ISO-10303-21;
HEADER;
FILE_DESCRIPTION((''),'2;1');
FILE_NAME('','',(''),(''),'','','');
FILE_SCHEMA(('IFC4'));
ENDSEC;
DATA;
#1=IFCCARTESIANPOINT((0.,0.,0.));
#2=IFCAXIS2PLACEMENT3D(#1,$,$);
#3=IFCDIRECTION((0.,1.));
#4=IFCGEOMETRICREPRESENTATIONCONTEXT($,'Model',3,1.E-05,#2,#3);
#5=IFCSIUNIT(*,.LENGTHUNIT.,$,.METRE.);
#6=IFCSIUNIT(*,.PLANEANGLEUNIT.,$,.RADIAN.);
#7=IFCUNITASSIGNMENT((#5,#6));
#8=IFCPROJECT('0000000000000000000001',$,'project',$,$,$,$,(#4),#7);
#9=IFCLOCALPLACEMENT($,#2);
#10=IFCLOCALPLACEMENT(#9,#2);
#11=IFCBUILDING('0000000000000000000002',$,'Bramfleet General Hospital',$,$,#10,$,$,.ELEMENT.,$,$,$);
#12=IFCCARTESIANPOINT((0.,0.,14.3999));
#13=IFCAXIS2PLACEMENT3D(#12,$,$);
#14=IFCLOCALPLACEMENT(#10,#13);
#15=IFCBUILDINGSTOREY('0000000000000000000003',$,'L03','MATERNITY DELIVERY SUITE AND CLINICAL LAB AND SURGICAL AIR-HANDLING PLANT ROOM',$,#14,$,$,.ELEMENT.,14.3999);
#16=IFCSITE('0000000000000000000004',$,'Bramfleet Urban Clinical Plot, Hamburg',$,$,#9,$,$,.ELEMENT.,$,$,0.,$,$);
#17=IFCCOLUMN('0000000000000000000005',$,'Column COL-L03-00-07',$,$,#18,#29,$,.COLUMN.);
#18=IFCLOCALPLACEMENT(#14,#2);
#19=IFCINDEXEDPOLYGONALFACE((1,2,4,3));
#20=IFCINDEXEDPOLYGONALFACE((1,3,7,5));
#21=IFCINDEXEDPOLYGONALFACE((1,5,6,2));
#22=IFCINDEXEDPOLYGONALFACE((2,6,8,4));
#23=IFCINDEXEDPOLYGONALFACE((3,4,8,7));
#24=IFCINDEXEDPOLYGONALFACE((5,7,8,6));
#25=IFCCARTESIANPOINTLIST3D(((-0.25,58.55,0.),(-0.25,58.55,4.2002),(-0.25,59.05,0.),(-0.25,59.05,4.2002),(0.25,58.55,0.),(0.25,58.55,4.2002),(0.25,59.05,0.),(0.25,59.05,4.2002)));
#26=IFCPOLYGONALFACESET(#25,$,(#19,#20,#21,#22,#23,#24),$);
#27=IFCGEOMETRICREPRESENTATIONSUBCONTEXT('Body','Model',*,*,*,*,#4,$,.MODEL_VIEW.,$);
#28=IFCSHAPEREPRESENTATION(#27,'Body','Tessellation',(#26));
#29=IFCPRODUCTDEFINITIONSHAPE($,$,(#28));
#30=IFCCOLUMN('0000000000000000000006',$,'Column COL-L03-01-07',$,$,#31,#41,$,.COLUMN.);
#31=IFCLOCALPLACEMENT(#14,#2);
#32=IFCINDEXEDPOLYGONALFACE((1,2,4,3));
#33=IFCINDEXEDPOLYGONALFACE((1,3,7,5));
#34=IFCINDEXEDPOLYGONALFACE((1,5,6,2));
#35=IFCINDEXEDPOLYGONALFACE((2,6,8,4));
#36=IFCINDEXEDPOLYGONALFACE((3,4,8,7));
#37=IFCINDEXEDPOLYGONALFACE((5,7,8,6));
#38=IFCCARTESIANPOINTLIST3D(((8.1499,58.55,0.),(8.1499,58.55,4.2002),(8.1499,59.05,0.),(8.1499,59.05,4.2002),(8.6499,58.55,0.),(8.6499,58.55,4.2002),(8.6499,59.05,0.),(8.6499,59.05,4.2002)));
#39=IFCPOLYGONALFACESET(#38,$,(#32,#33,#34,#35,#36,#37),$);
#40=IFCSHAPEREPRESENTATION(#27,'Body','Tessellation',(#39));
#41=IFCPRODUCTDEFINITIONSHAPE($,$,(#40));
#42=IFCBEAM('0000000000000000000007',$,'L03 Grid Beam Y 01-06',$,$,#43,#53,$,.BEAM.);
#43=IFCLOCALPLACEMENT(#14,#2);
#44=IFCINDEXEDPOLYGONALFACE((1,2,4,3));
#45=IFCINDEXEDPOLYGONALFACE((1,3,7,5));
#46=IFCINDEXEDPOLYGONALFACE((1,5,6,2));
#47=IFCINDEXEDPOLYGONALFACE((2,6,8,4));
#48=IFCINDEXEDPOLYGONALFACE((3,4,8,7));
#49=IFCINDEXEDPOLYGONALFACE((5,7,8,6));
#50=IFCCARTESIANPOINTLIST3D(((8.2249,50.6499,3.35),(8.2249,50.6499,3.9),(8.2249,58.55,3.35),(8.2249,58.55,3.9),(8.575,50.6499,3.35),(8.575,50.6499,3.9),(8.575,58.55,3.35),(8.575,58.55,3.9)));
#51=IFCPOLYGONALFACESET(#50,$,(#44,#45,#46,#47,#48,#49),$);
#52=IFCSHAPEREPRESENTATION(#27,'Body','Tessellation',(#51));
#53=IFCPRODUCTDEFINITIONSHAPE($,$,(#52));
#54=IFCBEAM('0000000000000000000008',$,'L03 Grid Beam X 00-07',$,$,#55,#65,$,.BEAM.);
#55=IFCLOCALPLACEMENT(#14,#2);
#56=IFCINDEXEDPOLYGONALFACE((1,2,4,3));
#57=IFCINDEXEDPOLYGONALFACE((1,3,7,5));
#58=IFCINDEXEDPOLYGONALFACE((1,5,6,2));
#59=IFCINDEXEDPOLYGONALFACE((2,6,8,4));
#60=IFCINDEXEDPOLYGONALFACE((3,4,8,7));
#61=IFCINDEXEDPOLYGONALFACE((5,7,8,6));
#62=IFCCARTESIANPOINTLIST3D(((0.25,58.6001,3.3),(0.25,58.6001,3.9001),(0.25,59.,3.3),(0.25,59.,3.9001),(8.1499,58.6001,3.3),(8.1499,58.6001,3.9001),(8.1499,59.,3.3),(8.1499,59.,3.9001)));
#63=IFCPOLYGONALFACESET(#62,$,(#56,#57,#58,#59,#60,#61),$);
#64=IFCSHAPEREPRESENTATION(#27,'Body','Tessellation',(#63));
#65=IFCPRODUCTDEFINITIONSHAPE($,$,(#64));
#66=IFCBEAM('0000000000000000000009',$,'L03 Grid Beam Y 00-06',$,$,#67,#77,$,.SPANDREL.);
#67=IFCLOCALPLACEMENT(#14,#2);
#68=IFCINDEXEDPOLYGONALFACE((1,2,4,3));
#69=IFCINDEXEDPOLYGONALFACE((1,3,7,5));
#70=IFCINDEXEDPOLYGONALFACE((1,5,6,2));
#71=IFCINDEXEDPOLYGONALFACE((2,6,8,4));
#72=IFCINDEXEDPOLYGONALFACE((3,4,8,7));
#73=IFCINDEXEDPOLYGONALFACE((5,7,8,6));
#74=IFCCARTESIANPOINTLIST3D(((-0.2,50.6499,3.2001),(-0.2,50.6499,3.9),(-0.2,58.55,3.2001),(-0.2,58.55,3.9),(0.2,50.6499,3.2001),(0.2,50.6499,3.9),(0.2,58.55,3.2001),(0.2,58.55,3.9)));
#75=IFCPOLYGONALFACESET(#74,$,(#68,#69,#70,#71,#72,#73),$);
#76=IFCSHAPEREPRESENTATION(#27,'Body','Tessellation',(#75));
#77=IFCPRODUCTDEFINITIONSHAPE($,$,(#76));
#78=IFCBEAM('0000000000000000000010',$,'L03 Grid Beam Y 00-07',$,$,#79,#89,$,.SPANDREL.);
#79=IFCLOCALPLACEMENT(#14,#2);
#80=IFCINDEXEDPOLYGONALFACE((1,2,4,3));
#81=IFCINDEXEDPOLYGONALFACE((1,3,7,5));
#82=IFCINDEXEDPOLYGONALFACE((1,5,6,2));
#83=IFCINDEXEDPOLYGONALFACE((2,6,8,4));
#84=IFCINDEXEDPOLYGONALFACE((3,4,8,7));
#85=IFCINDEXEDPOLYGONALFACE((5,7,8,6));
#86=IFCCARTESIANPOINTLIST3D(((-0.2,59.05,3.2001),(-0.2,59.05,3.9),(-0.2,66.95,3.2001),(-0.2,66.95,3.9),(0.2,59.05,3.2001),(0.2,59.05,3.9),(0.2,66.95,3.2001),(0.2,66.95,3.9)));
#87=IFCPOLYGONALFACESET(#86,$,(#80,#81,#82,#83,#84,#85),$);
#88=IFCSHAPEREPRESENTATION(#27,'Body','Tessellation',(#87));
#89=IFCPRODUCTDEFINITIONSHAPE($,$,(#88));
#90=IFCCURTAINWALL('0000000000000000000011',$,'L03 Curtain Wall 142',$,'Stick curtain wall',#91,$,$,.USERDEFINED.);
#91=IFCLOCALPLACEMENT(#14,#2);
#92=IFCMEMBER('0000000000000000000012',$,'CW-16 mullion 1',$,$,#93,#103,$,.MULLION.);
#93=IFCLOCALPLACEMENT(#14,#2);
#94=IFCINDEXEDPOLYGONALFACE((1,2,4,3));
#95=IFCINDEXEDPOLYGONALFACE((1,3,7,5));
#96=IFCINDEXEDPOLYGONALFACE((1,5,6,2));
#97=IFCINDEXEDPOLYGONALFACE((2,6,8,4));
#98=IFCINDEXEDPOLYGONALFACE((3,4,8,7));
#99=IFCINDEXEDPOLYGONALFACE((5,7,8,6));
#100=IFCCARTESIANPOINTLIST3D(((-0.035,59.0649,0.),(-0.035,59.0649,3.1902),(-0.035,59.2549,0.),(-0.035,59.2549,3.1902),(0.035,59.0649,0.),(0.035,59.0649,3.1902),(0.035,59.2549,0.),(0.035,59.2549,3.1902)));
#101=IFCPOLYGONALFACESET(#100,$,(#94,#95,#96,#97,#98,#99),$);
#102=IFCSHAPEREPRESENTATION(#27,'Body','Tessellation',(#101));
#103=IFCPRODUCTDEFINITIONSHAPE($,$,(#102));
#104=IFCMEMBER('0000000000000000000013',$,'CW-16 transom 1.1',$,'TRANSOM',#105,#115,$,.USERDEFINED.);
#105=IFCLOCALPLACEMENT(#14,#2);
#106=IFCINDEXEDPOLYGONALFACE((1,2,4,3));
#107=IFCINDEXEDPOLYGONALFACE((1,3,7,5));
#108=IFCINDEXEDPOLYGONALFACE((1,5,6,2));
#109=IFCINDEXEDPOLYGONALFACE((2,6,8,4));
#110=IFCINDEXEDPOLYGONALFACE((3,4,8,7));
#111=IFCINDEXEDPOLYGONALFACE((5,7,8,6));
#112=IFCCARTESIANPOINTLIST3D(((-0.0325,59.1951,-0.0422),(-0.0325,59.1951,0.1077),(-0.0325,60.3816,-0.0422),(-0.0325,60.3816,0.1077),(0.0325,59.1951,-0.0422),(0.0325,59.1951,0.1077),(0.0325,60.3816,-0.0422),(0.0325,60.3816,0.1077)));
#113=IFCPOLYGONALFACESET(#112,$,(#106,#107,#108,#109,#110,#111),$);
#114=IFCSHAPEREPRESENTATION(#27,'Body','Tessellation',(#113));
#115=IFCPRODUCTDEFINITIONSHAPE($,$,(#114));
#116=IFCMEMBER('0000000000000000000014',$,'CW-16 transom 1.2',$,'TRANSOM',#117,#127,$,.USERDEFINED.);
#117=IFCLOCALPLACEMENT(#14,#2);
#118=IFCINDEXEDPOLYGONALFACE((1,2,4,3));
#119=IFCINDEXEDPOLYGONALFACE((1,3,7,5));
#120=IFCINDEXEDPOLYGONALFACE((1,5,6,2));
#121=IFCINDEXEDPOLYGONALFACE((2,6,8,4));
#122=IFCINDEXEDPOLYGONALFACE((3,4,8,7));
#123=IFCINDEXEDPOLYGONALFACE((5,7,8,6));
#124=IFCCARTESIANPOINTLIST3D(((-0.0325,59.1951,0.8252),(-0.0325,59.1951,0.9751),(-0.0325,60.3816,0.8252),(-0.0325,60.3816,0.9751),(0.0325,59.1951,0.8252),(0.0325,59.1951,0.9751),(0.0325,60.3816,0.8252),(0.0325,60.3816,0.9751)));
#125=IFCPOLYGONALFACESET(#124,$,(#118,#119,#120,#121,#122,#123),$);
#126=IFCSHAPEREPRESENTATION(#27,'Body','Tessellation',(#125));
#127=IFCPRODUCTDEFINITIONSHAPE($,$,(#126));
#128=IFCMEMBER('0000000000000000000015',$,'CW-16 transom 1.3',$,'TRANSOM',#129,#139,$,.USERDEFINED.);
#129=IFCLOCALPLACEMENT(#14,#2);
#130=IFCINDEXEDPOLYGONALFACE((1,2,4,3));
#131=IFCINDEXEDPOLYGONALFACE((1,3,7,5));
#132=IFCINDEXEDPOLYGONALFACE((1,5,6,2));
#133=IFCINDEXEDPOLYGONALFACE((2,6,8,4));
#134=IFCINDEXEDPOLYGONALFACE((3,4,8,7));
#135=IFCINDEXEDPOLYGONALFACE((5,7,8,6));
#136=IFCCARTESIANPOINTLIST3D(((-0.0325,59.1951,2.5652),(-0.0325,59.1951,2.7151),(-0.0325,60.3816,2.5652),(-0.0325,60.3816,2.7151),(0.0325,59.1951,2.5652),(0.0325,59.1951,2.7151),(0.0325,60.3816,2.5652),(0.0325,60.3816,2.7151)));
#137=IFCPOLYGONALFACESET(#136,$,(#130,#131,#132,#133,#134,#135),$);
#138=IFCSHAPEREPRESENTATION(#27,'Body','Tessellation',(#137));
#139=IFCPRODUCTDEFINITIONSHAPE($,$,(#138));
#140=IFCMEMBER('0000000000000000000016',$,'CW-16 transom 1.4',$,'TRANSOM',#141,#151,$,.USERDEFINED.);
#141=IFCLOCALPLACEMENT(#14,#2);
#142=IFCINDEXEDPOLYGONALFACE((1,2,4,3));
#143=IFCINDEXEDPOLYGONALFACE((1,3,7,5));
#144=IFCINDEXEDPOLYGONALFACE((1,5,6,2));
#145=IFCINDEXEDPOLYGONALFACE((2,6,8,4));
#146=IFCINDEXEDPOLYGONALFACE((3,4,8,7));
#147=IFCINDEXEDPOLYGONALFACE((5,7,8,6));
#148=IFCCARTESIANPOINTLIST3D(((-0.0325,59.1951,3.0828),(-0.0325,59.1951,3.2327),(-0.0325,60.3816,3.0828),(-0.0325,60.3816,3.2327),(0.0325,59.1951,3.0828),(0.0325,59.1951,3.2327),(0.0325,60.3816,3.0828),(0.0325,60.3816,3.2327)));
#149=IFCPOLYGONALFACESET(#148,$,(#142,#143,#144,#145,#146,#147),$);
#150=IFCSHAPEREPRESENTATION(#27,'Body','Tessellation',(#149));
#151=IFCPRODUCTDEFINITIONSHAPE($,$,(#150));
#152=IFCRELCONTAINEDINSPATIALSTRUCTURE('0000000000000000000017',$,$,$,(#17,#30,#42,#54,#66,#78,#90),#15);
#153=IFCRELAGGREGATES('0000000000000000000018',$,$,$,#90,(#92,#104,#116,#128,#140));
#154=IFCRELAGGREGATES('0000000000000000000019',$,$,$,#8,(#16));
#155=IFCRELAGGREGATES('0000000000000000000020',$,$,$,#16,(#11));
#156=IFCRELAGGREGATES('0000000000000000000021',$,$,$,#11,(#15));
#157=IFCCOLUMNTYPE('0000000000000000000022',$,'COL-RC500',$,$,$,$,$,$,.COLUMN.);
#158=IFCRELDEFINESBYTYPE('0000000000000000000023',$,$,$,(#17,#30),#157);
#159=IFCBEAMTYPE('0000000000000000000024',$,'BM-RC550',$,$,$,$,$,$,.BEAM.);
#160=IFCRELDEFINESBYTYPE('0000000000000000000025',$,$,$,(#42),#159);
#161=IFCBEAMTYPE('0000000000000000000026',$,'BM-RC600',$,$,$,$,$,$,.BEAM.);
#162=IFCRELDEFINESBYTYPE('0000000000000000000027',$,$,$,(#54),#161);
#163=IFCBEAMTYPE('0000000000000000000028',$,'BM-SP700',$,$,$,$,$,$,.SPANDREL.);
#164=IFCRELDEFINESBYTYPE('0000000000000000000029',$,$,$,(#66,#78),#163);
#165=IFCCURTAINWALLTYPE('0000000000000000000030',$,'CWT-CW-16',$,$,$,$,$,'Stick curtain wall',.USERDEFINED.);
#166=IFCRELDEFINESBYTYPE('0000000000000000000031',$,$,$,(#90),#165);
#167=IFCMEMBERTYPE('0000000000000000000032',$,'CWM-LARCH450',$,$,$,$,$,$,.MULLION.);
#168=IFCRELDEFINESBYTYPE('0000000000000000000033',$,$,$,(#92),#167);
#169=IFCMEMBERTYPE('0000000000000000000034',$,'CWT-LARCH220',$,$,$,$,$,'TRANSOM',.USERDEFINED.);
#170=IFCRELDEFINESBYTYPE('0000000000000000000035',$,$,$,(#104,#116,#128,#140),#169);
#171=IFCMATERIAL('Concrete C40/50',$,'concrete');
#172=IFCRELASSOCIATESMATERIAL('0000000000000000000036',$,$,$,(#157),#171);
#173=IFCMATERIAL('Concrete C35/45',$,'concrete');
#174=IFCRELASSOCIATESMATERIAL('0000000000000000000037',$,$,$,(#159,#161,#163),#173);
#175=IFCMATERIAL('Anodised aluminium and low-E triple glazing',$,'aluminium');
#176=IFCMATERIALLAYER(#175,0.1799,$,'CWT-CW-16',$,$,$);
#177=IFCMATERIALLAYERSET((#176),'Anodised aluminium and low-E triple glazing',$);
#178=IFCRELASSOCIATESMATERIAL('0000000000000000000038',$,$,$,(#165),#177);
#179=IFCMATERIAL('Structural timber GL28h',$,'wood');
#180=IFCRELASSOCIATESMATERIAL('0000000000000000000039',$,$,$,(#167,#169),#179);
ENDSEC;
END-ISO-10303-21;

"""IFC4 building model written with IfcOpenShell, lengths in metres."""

from ifc_helpers import new_model, si_unit, direction, frame, origin, origin_2d, place, context, subcontext, project, spatial, rectangle, extrude, material, layer, layer_set, material_profile, profile_set, type_object, element, aggregate, save


model = new_model("IFC4")

# Units and contexts
model_context = context("Model", 3, precision=1e-05, world=origin(), true_north=direction((0.0, 1.0)))
body_context = subcontext(model_context, "Body", "Model", "MODEL_VIEW")
ifc_project = project(units=[si_unit("LENGTHUNIT", "METRE"), si_unit("PLANEANGLEUNIT", "RADIAN")], contexts=[model_context])

# Site, building, storey
site_placement = place(None, origin())
site = spatial("IfcSite", under=ifc_project, at=site_placement, Name="Bramfleet Urban Clinical Plot, Hamburg", CompositionType="ELEMENT", RefElevation=0.0)
building_placement = place(site_placement, origin())
building = spatial("IfcBuilding", under=site, at=building_placement, Name="Bramfleet General Hospital", CompositionType="ELEMENT")
storey_placement = place(building_placement, frame((0.0, 0.0, 14.3999)))
storey = spatial("IfcBuildingStorey", under=building, at=storey_placement, Name="L03", Description="MATERNITY DELIVERY SUITE AND CLINICAL LAB AND SURGICAL AIR-HANDLING PLANT ROOM", CompositionType="ELEMENT", Elevation=14.3999)

# Columns
ifc_material_1 = material(Name="Concrete C40/50", Category="concrete")
ifc_material_profile_1 = material_profile(ifc_material_1, rectangle(XDim=0.5, YDim=0.5, at=origin_2d()), Name="RC COL 500x500")
ifc_profile_set_1 = profile_set([ifc_material_profile_1], Name="Concrete C40/50")
column_type = type_object("IfcColumnType", Name="COL-RC500", PredefinedType="COLUMN", material=ifc_profile_set_1)
for number, where, z_axis, x_axis, name in (
    (1, (0.0, 58.8, 0.0), (0.0, 0.0, 1.0), (1.0, 0.0, 0.0), "Column COL-L03-00-07"),
    (2, (8.3999, 58.8, 0.0), (0.0, 0.0, 1.0), (1.0, 0.0, 0.0), "Column COL-L03-01-07"),
):
    element("IfcColumn", number, at=place(storey_placement, frame(where, z_axis=z_axis, x_axis=x_axis)), inside=storey, type_object=column_type, Name=name, PredefinedType="COLUMN", context=body_context, shape_type="SweptSolid", body=[
        extrude(rectangle(XDim=0.5, YDim=0.5, at=origin_2d()), origin(), (0.0, 0.0, 1.0), 4.2002),
    ])

# Beams
ifc_material_2 = material(Name="Concrete C35/45", Category="concrete")
ifc_material_profile_2 = material_profile(ifc_material_2, rectangle(XDim=0.3501, YDim=0.55, at=origin_2d()), Name="RC BM 550x350")
ifc_profile_set_2 = profile_set([ifc_material_profile_2], Name="Concrete C35/45")
beam_type_1 = type_object("IfcBeamType", Name="BM-RC550", PredefinedType="BEAM", material=ifc_profile_set_2)
beam_1_placement = place(storey_placement, frame((8.3999, 50.6499, 3.625), z_axis=(0.0, 1.0, 0.0), x_axis=(-1.0, 0.0, 0.0)))
element("IfcBeam", 3, at=beam_1_placement, inside=storey, type_object=beam_type_1, Name="L03 Grid Beam Y 01-06", PredefinedType="BEAM", context=body_context, shape_type="SweptSolid", body=[
    extrude(rectangle(XDim=0.3501, YDim=0.55, at=origin_2d()), origin(), (0.0, 0.0, 1.0), 7.9001),
])
ifc_material_profile_3 = material_profile(ifc_material_2, rectangle(XDim=0.3999, YDim=0.6001, at=origin_2d()), Name="RC BM 600x400")
ifc_profile_set_3 = profile_set([ifc_material_profile_3], Name="Concrete C35/45")
beam_type_2 = type_object("IfcBeamType", Name="BM-RC600", PredefinedType="BEAM", material=ifc_profile_set_3)
beam_2_placement = place(storey_placement, frame((0.25, 58.8, 3.6001), z_axis=(1.0, 0.0, 0.0), x_axis=(0.0, 1.0, 0.0)))
element("IfcBeam", 4, at=beam_2_placement, inside=storey, type_object=beam_type_2, Name="L03 Grid Beam X 00-07", PredefinedType="BEAM", context=body_context, shape_type="SweptSolid", body=[
    extrude(rectangle(XDim=0.3999, YDim=0.6001, at=origin_2d()), origin(), (0.0, 0.0, 1.0), 7.8999),
])
ifc_material_profile_4 = material_profile(ifc_material_2, rectangle(XDim=0.3999, YDim=0.7, at=origin_2d()), Name="RC SP 700x400")
ifc_profile_set_4 = profile_set([ifc_material_profile_4], Name="Concrete C35/45")
beam_type_3 = type_object("IfcBeamType", Name="BM-SP700", PredefinedType="SPANDREL", material=ifc_profile_set_4)
beam_3_placement = place(storey_placement, frame((0.0, 50.6499, 3.55), z_axis=(0.0, 1.0, 0.0), x_axis=(-1.0, 0.0, 0.0)))
element("IfcBeam", 5, at=beam_3_placement, inside=storey, type_object=beam_type_3, Name="L03 Grid Beam Y 00-06", PredefinedType="SPANDREL", context=body_context, shape_type="SweptSolid", body=[
    extrude(rectangle(XDim=0.3999, YDim=0.7, at=origin_2d()), origin(), (0.0, 0.0, 1.0), 7.9001),
])
beam_4_placement = place(storey_placement, frame((0.0, 59.05, 3.55), z_axis=(0.0, 1.0, 0.0), x_axis=(-1.0, 0.0, 0.0)))
element("IfcBeam", 6, at=beam_4_placement, inside=storey, type_object=beam_type_3, Name="L03 Grid Beam Y 00-07", PredefinedType="SPANDREL", context=body_context, shape_type="SweptSolid", body=[
    extrude(rectangle(XDim=0.3999, YDim=0.7, at=origin_2d()), origin(), (0.0, 0.0, 1.0), 7.8999),
])

# Curtain wall, members
ifc_material_3 = material(Name="Anodised aluminium and low-E triple glazing", Category="aluminium")
ifc_layer_1 = layer(ifc_material_3, 0.1799, Name="CWT-CW-16")
ifc_layer_set_1 = layer_set([ifc_layer_1], Name="Anodised aluminium and low-E triple glazing")
curtain_wall_type = type_object("IfcCurtainWallType", Name="CWT-CW-16", ElementType="Stick curtain wall", PredefinedType="USERDEFINED", material=ifc_layer_set_1)
curtain_wall_placement = place(storey_placement, origin())
curtain_wall = element("IfcCurtainWall", 7, at=curtain_wall_placement, inside=storey, type_object=curtain_wall_type, Name="L03 Curtain Wall 142", ObjectType="Stick curtain wall", PredefinedType="USERDEFINED")
ifc_material_4 = material(Name="Structural timber GL28h", Category="wood")
ifc_material_profile_5 = material_profile(ifc_material_4, rectangle(XDim=0.0701, YDim=0.1899, at=origin_2d()), Name="LARCH 190x70")
ifc_profile_set_5 = profile_set([ifc_material_profile_5], Name="Structural timber GL28h")
member_type_1 = type_object("IfcMemberType", Name="CWM-LARCH450", PredefinedType="MULLION", material=ifc_profile_set_5)
member_1_placement = place(storey_placement, frame((0.0, 59.1599, 0.0), z_axis=(0.0, 0.0, 1.0), x_axis=(-1.0, 0.0, 0.0)))
member_1 = element("IfcMember", 8, at=member_1_placement, type_object=member_type_1, Name="CW-16 mullion 1", PredefinedType="MULLION", context=body_context, shape_type="SweptSolid", body=[
    extrude(rectangle(XDim=0.0701, YDim=0.1899, at=origin_2d()), origin(), (0.0, 0.0, 1.0), 3.1902),
])
ifc_material_profile_6 = material_profile(ifc_material_4, rectangle(XDim=0.0649, YDim=0.1499, at=origin_2d()), Name="LARCH 150x65")
ifc_profile_set_6 = profile_set([ifc_material_profile_6], Name="Structural timber GL28h")
member_type_2 = type_object("IfcMemberType", Name="CWT-LARCH220", ElementType="TRANSOM", PredefinedType="USERDEFINED", material=ifc_profile_set_6)
member_2_placement = place(storey_placement, frame((0.0, 59.1951, 0.0327), z_axis=(0.0, 1.0, 0.0), x_axis=(-1.0, 0.0, 0.0)))
member_2 = element("IfcMember", 9, at=member_2_placement, type_object=member_type_2, Name="CW-16 transom 1.1", ObjectType="TRANSOM", PredefinedType="USERDEFINED", context=body_context, shape_type="SweptSolid", body=[
    extrude(rectangle(XDim=0.0649, YDim=0.1499, at=origin_2d()), origin(), (0.0, 0.0, 1.0), 1.1865),
])
member_3_placement = place(storey_placement, frame((0.0, 59.1951, 0.9001), z_axis=(0.0, 1.0, 0.0), x_axis=(-1.0, 0.0, 0.0)))
member_3 = element("IfcMember", 10, at=member_3_placement, type_object=member_type_2, Name="CW-16 transom 1.2", ObjectType="TRANSOM", PredefinedType="USERDEFINED", context=body_context, shape_type="SweptSolid", body=[
    extrude(rectangle(XDim=0.0649, YDim=0.1499, at=origin_2d()), origin(), (0.0, 0.0, 1.0), 1.1865),
])
member_4_placement = place(storey_placement, frame((0.0, 59.1951, 2.6401), z_axis=(0.0, 1.0, 0.0), x_axis=(-1.0, 0.0, 0.0)))
member_4 = element("IfcMember", 11, at=member_4_placement, type_object=member_type_2, Name="CW-16 transom 1.3", ObjectType="TRANSOM", PredefinedType="USERDEFINED", context=body_context, shape_type="SweptSolid", body=[
    extrude(rectangle(XDim=0.0649, YDim=0.1499, at=origin_2d()), origin(), (0.0, 0.0, 1.0), 1.1865),
])
member_5_placement = place(storey_placement, frame((0.0, 59.1951, 3.1577), z_axis=(0.0, 1.0, 0.0), x_axis=(-1.0, 0.0, 0.0)))
member_5 = element("IfcMember", 12, at=member_5_placement, type_object=member_type_2, Name="CW-16 transom 1.4", ObjectType="TRANSOM", PredefinedType="USERDEFINED", context=body_context, shape_type="SweptSolid", body=[
    extrude(rectangle(XDim=0.0649, YDim=0.1499, at=origin_2d()), origin(), (0.0, 0.0, 1.0), 1.1865),
])
aggregate(curtain_wall, [member_1, member_2, member_3, member_4, member_5])

save(model, "model.ifc")
